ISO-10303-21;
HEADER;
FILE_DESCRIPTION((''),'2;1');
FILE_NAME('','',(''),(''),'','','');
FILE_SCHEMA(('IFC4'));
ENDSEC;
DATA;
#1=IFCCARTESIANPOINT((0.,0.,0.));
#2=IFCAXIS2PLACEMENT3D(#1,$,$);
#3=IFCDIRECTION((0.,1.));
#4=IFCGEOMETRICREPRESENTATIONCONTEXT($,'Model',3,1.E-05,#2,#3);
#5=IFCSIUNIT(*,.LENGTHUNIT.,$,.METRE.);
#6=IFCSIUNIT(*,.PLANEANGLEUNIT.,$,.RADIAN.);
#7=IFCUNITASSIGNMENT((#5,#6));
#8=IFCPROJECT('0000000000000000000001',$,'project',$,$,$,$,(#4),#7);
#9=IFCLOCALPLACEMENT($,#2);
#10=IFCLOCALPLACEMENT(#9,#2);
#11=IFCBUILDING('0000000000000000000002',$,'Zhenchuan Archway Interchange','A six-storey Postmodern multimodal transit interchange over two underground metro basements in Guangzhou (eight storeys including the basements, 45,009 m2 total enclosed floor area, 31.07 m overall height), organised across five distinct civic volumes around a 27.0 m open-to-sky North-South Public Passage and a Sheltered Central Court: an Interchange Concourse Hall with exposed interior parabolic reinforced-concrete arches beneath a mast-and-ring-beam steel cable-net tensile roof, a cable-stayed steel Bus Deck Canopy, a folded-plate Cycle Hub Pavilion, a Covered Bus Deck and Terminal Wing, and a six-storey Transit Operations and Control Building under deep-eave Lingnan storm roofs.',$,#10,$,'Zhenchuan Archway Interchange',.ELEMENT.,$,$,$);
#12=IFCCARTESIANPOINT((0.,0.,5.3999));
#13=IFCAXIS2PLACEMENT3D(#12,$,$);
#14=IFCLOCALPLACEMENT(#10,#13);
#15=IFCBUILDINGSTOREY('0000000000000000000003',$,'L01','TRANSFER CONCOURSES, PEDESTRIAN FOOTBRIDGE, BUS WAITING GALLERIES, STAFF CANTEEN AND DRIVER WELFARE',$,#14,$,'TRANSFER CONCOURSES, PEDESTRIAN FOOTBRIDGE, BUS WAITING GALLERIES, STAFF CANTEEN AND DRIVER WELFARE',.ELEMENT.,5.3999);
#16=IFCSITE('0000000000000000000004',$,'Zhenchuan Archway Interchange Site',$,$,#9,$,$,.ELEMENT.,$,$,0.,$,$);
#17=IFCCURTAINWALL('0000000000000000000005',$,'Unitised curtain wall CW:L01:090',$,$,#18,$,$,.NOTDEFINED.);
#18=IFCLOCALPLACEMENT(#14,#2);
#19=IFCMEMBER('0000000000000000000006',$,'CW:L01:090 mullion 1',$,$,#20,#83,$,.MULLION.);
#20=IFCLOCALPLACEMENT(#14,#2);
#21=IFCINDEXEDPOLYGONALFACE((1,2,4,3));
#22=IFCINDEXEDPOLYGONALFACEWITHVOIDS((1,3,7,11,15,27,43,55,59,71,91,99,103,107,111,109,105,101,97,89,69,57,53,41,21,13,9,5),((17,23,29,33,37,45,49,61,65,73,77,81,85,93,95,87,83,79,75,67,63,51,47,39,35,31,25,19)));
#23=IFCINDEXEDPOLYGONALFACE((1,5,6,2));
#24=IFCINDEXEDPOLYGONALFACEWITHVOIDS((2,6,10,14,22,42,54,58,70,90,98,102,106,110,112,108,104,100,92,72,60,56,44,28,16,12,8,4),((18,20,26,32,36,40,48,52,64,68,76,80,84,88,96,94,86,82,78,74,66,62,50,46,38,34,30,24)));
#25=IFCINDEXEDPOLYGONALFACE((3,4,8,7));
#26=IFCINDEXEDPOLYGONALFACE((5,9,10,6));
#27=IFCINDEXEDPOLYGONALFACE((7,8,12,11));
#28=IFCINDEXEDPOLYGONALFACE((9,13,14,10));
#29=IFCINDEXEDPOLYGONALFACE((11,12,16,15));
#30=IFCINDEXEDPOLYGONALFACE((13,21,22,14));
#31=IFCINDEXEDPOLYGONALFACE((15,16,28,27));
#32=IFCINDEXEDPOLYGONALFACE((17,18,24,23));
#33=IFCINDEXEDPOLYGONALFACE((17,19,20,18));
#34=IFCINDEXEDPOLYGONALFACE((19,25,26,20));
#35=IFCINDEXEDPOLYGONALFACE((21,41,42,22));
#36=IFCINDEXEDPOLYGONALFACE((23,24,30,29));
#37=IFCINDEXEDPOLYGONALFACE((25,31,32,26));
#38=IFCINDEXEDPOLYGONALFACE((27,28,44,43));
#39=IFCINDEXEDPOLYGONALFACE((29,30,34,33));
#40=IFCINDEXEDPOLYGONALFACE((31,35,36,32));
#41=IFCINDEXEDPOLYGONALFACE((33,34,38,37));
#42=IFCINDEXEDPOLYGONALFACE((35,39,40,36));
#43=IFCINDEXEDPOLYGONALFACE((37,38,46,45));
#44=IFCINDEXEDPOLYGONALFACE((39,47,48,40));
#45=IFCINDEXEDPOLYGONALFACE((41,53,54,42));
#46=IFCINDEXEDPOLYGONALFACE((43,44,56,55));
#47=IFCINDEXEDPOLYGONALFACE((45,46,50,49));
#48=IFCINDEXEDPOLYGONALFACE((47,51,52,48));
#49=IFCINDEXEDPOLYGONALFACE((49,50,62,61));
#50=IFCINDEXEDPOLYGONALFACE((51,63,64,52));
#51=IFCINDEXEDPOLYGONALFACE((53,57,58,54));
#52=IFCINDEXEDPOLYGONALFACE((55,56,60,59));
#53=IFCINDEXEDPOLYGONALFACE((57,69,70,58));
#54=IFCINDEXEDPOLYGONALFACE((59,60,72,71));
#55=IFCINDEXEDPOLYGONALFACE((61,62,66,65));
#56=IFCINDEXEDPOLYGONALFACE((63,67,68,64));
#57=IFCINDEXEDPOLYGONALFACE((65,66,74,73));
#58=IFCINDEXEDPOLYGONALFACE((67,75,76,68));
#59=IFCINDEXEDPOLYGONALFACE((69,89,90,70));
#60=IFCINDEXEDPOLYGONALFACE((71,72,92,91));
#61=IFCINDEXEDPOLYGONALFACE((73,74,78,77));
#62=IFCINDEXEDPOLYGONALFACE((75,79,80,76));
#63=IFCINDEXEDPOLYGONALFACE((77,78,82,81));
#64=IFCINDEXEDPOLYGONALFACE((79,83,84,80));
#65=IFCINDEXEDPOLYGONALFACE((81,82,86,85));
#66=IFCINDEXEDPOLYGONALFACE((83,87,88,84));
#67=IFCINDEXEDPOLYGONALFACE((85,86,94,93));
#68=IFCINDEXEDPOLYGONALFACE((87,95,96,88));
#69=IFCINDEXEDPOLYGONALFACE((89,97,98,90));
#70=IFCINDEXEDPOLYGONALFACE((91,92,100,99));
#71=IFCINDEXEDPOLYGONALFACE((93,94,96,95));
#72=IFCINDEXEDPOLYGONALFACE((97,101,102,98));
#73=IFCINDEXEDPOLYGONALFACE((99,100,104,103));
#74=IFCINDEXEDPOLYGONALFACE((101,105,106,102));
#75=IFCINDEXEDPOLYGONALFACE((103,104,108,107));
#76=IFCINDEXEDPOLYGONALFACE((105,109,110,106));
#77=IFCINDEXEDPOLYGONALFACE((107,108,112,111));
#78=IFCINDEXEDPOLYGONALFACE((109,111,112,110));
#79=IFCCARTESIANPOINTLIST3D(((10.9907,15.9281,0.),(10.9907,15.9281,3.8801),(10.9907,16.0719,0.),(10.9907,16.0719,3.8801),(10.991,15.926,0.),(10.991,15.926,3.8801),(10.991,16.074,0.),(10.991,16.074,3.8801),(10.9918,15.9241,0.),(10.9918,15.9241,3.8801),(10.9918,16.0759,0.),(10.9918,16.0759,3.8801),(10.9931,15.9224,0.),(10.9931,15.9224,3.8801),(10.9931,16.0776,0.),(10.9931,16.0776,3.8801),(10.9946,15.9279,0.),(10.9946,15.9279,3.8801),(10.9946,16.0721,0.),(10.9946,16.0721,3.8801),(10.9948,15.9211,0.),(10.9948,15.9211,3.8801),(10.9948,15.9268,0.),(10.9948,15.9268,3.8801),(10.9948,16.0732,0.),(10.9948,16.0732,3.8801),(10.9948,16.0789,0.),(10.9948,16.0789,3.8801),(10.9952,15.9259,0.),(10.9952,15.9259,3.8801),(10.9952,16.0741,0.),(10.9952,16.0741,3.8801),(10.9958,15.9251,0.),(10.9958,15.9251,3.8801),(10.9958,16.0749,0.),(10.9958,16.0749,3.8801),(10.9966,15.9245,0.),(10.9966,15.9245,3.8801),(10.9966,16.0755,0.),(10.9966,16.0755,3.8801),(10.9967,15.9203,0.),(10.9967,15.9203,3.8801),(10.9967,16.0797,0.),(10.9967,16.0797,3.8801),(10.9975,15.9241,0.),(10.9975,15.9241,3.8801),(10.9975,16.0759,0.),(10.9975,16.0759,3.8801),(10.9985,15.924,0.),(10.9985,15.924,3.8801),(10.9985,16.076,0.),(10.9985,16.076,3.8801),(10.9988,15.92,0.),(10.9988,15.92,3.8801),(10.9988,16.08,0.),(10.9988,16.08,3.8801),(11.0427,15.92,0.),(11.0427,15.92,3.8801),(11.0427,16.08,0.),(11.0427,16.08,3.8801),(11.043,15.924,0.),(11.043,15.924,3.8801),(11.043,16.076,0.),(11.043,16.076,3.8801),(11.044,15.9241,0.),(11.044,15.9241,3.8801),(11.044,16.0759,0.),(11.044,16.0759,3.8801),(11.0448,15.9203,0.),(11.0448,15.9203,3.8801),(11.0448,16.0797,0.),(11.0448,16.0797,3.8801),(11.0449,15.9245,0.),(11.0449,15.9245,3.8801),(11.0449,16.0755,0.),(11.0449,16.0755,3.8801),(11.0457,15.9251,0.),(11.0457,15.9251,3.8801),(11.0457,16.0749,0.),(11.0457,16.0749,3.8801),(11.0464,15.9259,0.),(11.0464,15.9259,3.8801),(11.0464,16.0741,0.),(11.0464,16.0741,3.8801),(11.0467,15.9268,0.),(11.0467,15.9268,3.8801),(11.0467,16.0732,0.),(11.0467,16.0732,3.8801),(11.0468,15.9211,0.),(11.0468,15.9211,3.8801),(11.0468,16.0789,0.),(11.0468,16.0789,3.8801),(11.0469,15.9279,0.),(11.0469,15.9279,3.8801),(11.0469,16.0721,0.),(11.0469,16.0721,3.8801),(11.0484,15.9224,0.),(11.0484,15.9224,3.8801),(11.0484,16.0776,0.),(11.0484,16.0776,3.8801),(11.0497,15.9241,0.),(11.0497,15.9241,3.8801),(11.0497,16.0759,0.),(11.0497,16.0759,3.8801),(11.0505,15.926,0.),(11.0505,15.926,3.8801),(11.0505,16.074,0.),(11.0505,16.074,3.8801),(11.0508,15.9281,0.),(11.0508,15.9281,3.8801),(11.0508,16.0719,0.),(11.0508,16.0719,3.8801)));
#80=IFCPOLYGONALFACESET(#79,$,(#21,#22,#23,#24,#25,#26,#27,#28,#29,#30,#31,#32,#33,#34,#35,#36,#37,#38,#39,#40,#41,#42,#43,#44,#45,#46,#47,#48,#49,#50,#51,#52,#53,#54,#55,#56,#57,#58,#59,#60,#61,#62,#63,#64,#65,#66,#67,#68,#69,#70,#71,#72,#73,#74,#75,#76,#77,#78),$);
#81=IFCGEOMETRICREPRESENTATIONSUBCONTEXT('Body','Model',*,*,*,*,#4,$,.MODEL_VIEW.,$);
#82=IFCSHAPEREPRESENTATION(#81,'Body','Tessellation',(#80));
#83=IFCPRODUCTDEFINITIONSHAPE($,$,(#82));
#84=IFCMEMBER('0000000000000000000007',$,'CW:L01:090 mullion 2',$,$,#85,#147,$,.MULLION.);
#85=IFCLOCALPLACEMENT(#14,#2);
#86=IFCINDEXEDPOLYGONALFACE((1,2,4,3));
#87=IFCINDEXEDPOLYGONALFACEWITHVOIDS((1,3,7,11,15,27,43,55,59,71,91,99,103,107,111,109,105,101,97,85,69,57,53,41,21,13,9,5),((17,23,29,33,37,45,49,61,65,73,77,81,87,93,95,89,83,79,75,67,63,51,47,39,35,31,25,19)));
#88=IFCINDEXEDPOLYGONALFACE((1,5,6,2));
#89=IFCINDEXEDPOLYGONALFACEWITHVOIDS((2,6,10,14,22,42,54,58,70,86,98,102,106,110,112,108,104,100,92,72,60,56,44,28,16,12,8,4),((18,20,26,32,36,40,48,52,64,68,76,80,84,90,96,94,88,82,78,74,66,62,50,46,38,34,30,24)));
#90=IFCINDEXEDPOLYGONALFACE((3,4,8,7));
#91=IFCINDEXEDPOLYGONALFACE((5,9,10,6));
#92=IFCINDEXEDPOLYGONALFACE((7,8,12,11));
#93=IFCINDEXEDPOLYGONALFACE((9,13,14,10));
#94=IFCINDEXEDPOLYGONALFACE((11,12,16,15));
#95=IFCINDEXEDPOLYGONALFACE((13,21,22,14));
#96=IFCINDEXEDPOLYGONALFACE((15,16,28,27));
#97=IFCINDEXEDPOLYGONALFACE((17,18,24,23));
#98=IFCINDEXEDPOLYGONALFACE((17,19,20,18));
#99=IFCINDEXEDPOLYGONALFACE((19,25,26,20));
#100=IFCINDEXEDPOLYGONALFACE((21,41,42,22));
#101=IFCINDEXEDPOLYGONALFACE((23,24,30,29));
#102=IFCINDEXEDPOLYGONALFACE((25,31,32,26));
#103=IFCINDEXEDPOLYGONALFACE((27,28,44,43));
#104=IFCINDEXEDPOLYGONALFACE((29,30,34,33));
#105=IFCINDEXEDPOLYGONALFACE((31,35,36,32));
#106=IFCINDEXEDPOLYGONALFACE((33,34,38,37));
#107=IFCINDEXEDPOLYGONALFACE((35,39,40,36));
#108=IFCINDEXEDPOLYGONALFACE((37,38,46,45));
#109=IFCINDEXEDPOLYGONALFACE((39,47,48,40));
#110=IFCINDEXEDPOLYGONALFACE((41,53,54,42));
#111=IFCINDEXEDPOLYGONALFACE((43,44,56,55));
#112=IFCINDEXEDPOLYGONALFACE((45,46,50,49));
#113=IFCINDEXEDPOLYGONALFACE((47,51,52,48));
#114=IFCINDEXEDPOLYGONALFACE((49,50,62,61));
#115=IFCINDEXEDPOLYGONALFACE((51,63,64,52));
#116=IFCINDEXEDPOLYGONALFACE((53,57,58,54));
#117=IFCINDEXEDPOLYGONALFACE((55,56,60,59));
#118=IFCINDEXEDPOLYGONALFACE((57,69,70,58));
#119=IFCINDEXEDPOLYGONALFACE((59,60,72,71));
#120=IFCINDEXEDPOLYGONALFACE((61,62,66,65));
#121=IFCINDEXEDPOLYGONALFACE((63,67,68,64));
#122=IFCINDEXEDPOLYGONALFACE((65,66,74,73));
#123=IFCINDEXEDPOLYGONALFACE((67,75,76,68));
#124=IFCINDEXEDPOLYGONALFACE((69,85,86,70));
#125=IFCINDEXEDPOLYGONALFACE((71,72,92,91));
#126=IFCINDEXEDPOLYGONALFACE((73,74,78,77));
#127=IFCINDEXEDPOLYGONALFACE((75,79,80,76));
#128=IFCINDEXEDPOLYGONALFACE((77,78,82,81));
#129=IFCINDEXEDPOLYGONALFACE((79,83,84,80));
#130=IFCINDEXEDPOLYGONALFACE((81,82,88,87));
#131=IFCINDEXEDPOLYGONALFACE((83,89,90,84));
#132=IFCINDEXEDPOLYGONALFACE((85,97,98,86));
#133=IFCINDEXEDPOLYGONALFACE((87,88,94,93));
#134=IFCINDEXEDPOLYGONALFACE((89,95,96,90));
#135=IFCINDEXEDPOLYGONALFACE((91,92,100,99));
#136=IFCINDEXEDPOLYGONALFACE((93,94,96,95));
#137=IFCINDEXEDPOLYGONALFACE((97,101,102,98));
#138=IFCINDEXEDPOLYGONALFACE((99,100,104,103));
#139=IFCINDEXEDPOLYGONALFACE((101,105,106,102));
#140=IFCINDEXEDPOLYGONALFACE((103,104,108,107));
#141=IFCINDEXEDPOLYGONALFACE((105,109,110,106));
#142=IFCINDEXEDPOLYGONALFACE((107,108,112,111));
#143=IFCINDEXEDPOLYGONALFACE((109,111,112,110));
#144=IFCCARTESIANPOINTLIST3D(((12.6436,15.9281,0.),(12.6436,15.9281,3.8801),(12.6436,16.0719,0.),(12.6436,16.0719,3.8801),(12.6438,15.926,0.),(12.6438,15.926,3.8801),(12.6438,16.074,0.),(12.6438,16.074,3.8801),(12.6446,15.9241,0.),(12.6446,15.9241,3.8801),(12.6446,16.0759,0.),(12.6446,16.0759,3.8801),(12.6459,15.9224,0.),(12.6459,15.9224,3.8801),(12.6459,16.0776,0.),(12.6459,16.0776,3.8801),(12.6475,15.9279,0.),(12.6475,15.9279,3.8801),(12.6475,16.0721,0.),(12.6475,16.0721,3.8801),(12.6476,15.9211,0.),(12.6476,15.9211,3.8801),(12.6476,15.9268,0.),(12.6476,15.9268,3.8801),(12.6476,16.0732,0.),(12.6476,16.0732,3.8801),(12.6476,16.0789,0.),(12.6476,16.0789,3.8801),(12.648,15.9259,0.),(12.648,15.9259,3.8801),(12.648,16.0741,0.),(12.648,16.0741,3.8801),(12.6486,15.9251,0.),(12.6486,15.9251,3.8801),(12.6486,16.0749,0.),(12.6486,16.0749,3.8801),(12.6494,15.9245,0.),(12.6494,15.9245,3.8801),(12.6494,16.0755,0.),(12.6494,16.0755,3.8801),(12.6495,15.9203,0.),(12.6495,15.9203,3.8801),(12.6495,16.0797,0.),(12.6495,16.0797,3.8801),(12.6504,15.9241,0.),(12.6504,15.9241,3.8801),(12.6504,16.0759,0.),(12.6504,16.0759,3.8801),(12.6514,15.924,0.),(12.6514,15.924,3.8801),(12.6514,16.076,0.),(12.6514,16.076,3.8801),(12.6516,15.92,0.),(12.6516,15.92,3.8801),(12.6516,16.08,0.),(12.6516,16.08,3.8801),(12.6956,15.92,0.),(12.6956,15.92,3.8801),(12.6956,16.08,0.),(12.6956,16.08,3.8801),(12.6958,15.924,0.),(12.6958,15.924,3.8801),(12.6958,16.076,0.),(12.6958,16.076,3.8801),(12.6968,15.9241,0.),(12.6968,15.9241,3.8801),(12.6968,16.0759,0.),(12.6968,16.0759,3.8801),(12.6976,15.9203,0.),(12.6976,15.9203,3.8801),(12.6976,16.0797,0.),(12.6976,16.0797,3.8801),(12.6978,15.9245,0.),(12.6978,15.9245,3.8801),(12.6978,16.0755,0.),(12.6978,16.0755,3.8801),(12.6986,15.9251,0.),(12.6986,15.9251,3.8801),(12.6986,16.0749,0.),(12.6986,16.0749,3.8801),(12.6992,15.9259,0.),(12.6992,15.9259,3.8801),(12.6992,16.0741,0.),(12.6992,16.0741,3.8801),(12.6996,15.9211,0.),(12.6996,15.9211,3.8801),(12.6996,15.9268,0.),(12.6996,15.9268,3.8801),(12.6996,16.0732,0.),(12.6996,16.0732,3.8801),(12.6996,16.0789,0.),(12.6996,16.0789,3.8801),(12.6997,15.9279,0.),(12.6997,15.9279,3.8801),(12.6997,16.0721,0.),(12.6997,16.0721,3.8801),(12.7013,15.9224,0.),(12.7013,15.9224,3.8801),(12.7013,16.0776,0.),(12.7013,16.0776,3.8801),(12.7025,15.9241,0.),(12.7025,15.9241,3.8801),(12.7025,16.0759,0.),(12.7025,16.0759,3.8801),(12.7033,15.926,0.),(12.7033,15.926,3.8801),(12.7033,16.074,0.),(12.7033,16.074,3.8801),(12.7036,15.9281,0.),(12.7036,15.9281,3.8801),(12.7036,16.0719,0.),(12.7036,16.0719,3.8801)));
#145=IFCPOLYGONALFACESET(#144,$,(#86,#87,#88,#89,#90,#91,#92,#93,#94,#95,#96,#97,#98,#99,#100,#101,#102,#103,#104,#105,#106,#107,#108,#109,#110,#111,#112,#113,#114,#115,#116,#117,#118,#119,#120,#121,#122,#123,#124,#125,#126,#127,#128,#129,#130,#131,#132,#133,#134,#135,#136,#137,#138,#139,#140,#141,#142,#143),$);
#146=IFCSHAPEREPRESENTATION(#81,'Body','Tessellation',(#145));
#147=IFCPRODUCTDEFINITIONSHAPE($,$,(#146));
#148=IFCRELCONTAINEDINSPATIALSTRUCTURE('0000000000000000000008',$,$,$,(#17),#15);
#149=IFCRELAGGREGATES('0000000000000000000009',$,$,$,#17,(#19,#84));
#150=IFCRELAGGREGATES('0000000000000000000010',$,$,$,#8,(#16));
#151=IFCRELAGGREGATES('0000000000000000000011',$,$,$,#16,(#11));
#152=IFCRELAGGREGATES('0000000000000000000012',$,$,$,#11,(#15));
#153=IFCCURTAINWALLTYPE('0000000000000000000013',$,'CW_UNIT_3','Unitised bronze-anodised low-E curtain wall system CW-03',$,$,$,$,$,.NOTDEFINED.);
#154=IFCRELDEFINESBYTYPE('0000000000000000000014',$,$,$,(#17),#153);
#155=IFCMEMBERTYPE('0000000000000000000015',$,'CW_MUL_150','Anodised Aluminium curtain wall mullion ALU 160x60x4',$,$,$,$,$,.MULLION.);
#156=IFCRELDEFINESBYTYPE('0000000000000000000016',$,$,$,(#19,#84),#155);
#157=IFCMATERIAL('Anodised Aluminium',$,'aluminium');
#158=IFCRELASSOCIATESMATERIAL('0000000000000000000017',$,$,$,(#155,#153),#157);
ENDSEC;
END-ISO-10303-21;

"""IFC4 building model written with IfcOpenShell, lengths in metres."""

from ifc_helpers import new_model, si_unit, direction, frame, origin, origin_2d, place, context, subcontext, project, spatial, hollow_rectangle, extrude, material, material_profile, profile_set, type_object, element, aggregate, save


model = new_model("IFC4")

# Units and contexts
model_context = context("Model", 3, precision=1e-05, world=origin(), true_north=direction((0.0, 1.0)))
body_context = subcontext(model_context, "Body", "Model", "MODEL_VIEW")
ifc_project = project(units=[si_unit("LENGTHUNIT", "METRE"), si_unit("PLANEANGLEUNIT", "RADIAN")], contexts=[model_context])

# Site, building, storey
site_placement = place(None, origin())
site = spatial("IfcSite", under=ifc_project, at=site_placement, Name="Zhenchuan Archway Interchange Site", CompositionType="ELEMENT", RefElevation=0.0)
building_placement = place(site_placement, origin())
building = spatial("IfcBuilding", under=site, at=building_placement, Name="Zhenchuan Archway Interchange", Description="A six-storey Postmodern multimodal transit interchange over two underground metro basements in Guangzhou (eight storeys including the basements, 45,009 m2 total enclosed floor area, 31.07 m overall height), organised across five distinct civic volumes around a 27.0 m open-to-sky North-South Public Passage and a Sheltered Central Court: an Interchange Concourse Hall with exposed interior parabolic reinforced-concrete arches beneath a mast-and-ring-beam steel cable-net tensile roof, a cable-stayed steel Bus Deck Canopy, a folded-plate Cycle Hub Pavilion, a Covered Bus Deck and Terminal Wing, and a six-storey Transit Operations and Control Building under deep-eave Lingnan storm roofs.", LongName="Zhenchuan Archway Interchange", CompositionType="ELEMENT")
storey_placement = place(building_placement, frame((0.0, 0.0, 5.3999)))
storey = spatial("IfcBuildingStorey", under=building, at=storey_placement, Name="L01", Description="TRANSFER CONCOURSES, PEDESTRIAN FOOTBRIDGE, BUS WAITING GALLERIES, STAFF CANTEEN AND DRIVER WELFARE", LongName="TRANSFER CONCOURSES, PEDESTRIAN FOOTBRIDGE, BUS WAITING GALLERIES, STAFF CANTEEN AND DRIVER WELFARE", CompositionType="ELEMENT", Elevation=5.3999)

# Shared definitions
ifc_material_1 = material(Name="Anodised Aluminium", Category="aluminium")
ifc_material_profile_1 = material_profile(ifc_material_1, hollow_rectangle(XDim=0.0601, YDim=0.1599, WallThickness=0.0039, InnerFilletRadius=0.0039, OuterFilletRadius=0.0081, at=origin_2d()), Name="ALU 160x60x4")
ifc_profile_set_1 = profile_set([ifc_material_profile_1], Name="Anodised Aluminium")
member_type_1 = type_object("IfcMemberType", Name="CW_MUL_150", Description="Anodised Aluminium curtain wall mullion ALU 160x60x4", PredefinedType="MULLION", material=ifc_profile_set_1)

# Curtain wall, members
curtain_wall_type_1 = type_object("IfcCurtainWallType", Name="CW_UNIT_3", Description="Unitised bronze-anodised low-E curtain wall system CW-03", PredefinedType="NOTDEFINED", material=ifc_material_1)
curtain_wall_1_placement = place(storey_placement, origin())
curtain_wall_1 = element("IfcCurtainWall", 1, at=curtain_wall_1_placement, inside=storey, type_object=curtain_wall_type_1, Name="Unitised curtain wall CW:L01:090", PredefinedType="NOTDEFINED")
member_1_placement = place(storey_placement, frame((11.0208, 16.0, 0.0), z_axis=(0.0, 0.0, 1.0), x_axis=(1.0, 0.0, 0.0)))
member_1 = element("IfcMember", 2, at=member_1_placement, type_object=member_type_1, Name="CW:L01:090 mullion 1", PredefinedType="MULLION", context=body_context, shape_type="SweptSolid", body=[
    extrude(hollow_rectangle(XDim=0.0601, YDim=0.1599, WallThickness=0.0039, InnerFilletRadius=0.0039, OuterFilletRadius=0.0081, at=origin_2d()), origin(), (0.0, 0.0, 1.0), 3.8801),
])
member_2_placement = place(storey_placement, frame((12.6736, 16.0, 0.0), z_axis=(0.0, 0.0, 1.0), x_axis=(1.0, 0.0, 0.0)))
member_2 = element("IfcMember", 3, at=member_2_placement, type_object=member_type_1, Name="CW:L01:090 mullion 2", PredefinedType="MULLION", context=body_context, shape_type="SweptSolid", body=[
    extrude(hollow_rectangle(XDim=0.0601, YDim=0.1599, WallThickness=0.0039, InnerFilletRadius=0.0039, OuterFilletRadius=0.0081, at=origin_2d()), origin(), (0.0, 0.0, 1.0), 3.8801),
])

aggregate(curtain_wall_1, [member_1, member_2])

save(model, "model.ifc")
